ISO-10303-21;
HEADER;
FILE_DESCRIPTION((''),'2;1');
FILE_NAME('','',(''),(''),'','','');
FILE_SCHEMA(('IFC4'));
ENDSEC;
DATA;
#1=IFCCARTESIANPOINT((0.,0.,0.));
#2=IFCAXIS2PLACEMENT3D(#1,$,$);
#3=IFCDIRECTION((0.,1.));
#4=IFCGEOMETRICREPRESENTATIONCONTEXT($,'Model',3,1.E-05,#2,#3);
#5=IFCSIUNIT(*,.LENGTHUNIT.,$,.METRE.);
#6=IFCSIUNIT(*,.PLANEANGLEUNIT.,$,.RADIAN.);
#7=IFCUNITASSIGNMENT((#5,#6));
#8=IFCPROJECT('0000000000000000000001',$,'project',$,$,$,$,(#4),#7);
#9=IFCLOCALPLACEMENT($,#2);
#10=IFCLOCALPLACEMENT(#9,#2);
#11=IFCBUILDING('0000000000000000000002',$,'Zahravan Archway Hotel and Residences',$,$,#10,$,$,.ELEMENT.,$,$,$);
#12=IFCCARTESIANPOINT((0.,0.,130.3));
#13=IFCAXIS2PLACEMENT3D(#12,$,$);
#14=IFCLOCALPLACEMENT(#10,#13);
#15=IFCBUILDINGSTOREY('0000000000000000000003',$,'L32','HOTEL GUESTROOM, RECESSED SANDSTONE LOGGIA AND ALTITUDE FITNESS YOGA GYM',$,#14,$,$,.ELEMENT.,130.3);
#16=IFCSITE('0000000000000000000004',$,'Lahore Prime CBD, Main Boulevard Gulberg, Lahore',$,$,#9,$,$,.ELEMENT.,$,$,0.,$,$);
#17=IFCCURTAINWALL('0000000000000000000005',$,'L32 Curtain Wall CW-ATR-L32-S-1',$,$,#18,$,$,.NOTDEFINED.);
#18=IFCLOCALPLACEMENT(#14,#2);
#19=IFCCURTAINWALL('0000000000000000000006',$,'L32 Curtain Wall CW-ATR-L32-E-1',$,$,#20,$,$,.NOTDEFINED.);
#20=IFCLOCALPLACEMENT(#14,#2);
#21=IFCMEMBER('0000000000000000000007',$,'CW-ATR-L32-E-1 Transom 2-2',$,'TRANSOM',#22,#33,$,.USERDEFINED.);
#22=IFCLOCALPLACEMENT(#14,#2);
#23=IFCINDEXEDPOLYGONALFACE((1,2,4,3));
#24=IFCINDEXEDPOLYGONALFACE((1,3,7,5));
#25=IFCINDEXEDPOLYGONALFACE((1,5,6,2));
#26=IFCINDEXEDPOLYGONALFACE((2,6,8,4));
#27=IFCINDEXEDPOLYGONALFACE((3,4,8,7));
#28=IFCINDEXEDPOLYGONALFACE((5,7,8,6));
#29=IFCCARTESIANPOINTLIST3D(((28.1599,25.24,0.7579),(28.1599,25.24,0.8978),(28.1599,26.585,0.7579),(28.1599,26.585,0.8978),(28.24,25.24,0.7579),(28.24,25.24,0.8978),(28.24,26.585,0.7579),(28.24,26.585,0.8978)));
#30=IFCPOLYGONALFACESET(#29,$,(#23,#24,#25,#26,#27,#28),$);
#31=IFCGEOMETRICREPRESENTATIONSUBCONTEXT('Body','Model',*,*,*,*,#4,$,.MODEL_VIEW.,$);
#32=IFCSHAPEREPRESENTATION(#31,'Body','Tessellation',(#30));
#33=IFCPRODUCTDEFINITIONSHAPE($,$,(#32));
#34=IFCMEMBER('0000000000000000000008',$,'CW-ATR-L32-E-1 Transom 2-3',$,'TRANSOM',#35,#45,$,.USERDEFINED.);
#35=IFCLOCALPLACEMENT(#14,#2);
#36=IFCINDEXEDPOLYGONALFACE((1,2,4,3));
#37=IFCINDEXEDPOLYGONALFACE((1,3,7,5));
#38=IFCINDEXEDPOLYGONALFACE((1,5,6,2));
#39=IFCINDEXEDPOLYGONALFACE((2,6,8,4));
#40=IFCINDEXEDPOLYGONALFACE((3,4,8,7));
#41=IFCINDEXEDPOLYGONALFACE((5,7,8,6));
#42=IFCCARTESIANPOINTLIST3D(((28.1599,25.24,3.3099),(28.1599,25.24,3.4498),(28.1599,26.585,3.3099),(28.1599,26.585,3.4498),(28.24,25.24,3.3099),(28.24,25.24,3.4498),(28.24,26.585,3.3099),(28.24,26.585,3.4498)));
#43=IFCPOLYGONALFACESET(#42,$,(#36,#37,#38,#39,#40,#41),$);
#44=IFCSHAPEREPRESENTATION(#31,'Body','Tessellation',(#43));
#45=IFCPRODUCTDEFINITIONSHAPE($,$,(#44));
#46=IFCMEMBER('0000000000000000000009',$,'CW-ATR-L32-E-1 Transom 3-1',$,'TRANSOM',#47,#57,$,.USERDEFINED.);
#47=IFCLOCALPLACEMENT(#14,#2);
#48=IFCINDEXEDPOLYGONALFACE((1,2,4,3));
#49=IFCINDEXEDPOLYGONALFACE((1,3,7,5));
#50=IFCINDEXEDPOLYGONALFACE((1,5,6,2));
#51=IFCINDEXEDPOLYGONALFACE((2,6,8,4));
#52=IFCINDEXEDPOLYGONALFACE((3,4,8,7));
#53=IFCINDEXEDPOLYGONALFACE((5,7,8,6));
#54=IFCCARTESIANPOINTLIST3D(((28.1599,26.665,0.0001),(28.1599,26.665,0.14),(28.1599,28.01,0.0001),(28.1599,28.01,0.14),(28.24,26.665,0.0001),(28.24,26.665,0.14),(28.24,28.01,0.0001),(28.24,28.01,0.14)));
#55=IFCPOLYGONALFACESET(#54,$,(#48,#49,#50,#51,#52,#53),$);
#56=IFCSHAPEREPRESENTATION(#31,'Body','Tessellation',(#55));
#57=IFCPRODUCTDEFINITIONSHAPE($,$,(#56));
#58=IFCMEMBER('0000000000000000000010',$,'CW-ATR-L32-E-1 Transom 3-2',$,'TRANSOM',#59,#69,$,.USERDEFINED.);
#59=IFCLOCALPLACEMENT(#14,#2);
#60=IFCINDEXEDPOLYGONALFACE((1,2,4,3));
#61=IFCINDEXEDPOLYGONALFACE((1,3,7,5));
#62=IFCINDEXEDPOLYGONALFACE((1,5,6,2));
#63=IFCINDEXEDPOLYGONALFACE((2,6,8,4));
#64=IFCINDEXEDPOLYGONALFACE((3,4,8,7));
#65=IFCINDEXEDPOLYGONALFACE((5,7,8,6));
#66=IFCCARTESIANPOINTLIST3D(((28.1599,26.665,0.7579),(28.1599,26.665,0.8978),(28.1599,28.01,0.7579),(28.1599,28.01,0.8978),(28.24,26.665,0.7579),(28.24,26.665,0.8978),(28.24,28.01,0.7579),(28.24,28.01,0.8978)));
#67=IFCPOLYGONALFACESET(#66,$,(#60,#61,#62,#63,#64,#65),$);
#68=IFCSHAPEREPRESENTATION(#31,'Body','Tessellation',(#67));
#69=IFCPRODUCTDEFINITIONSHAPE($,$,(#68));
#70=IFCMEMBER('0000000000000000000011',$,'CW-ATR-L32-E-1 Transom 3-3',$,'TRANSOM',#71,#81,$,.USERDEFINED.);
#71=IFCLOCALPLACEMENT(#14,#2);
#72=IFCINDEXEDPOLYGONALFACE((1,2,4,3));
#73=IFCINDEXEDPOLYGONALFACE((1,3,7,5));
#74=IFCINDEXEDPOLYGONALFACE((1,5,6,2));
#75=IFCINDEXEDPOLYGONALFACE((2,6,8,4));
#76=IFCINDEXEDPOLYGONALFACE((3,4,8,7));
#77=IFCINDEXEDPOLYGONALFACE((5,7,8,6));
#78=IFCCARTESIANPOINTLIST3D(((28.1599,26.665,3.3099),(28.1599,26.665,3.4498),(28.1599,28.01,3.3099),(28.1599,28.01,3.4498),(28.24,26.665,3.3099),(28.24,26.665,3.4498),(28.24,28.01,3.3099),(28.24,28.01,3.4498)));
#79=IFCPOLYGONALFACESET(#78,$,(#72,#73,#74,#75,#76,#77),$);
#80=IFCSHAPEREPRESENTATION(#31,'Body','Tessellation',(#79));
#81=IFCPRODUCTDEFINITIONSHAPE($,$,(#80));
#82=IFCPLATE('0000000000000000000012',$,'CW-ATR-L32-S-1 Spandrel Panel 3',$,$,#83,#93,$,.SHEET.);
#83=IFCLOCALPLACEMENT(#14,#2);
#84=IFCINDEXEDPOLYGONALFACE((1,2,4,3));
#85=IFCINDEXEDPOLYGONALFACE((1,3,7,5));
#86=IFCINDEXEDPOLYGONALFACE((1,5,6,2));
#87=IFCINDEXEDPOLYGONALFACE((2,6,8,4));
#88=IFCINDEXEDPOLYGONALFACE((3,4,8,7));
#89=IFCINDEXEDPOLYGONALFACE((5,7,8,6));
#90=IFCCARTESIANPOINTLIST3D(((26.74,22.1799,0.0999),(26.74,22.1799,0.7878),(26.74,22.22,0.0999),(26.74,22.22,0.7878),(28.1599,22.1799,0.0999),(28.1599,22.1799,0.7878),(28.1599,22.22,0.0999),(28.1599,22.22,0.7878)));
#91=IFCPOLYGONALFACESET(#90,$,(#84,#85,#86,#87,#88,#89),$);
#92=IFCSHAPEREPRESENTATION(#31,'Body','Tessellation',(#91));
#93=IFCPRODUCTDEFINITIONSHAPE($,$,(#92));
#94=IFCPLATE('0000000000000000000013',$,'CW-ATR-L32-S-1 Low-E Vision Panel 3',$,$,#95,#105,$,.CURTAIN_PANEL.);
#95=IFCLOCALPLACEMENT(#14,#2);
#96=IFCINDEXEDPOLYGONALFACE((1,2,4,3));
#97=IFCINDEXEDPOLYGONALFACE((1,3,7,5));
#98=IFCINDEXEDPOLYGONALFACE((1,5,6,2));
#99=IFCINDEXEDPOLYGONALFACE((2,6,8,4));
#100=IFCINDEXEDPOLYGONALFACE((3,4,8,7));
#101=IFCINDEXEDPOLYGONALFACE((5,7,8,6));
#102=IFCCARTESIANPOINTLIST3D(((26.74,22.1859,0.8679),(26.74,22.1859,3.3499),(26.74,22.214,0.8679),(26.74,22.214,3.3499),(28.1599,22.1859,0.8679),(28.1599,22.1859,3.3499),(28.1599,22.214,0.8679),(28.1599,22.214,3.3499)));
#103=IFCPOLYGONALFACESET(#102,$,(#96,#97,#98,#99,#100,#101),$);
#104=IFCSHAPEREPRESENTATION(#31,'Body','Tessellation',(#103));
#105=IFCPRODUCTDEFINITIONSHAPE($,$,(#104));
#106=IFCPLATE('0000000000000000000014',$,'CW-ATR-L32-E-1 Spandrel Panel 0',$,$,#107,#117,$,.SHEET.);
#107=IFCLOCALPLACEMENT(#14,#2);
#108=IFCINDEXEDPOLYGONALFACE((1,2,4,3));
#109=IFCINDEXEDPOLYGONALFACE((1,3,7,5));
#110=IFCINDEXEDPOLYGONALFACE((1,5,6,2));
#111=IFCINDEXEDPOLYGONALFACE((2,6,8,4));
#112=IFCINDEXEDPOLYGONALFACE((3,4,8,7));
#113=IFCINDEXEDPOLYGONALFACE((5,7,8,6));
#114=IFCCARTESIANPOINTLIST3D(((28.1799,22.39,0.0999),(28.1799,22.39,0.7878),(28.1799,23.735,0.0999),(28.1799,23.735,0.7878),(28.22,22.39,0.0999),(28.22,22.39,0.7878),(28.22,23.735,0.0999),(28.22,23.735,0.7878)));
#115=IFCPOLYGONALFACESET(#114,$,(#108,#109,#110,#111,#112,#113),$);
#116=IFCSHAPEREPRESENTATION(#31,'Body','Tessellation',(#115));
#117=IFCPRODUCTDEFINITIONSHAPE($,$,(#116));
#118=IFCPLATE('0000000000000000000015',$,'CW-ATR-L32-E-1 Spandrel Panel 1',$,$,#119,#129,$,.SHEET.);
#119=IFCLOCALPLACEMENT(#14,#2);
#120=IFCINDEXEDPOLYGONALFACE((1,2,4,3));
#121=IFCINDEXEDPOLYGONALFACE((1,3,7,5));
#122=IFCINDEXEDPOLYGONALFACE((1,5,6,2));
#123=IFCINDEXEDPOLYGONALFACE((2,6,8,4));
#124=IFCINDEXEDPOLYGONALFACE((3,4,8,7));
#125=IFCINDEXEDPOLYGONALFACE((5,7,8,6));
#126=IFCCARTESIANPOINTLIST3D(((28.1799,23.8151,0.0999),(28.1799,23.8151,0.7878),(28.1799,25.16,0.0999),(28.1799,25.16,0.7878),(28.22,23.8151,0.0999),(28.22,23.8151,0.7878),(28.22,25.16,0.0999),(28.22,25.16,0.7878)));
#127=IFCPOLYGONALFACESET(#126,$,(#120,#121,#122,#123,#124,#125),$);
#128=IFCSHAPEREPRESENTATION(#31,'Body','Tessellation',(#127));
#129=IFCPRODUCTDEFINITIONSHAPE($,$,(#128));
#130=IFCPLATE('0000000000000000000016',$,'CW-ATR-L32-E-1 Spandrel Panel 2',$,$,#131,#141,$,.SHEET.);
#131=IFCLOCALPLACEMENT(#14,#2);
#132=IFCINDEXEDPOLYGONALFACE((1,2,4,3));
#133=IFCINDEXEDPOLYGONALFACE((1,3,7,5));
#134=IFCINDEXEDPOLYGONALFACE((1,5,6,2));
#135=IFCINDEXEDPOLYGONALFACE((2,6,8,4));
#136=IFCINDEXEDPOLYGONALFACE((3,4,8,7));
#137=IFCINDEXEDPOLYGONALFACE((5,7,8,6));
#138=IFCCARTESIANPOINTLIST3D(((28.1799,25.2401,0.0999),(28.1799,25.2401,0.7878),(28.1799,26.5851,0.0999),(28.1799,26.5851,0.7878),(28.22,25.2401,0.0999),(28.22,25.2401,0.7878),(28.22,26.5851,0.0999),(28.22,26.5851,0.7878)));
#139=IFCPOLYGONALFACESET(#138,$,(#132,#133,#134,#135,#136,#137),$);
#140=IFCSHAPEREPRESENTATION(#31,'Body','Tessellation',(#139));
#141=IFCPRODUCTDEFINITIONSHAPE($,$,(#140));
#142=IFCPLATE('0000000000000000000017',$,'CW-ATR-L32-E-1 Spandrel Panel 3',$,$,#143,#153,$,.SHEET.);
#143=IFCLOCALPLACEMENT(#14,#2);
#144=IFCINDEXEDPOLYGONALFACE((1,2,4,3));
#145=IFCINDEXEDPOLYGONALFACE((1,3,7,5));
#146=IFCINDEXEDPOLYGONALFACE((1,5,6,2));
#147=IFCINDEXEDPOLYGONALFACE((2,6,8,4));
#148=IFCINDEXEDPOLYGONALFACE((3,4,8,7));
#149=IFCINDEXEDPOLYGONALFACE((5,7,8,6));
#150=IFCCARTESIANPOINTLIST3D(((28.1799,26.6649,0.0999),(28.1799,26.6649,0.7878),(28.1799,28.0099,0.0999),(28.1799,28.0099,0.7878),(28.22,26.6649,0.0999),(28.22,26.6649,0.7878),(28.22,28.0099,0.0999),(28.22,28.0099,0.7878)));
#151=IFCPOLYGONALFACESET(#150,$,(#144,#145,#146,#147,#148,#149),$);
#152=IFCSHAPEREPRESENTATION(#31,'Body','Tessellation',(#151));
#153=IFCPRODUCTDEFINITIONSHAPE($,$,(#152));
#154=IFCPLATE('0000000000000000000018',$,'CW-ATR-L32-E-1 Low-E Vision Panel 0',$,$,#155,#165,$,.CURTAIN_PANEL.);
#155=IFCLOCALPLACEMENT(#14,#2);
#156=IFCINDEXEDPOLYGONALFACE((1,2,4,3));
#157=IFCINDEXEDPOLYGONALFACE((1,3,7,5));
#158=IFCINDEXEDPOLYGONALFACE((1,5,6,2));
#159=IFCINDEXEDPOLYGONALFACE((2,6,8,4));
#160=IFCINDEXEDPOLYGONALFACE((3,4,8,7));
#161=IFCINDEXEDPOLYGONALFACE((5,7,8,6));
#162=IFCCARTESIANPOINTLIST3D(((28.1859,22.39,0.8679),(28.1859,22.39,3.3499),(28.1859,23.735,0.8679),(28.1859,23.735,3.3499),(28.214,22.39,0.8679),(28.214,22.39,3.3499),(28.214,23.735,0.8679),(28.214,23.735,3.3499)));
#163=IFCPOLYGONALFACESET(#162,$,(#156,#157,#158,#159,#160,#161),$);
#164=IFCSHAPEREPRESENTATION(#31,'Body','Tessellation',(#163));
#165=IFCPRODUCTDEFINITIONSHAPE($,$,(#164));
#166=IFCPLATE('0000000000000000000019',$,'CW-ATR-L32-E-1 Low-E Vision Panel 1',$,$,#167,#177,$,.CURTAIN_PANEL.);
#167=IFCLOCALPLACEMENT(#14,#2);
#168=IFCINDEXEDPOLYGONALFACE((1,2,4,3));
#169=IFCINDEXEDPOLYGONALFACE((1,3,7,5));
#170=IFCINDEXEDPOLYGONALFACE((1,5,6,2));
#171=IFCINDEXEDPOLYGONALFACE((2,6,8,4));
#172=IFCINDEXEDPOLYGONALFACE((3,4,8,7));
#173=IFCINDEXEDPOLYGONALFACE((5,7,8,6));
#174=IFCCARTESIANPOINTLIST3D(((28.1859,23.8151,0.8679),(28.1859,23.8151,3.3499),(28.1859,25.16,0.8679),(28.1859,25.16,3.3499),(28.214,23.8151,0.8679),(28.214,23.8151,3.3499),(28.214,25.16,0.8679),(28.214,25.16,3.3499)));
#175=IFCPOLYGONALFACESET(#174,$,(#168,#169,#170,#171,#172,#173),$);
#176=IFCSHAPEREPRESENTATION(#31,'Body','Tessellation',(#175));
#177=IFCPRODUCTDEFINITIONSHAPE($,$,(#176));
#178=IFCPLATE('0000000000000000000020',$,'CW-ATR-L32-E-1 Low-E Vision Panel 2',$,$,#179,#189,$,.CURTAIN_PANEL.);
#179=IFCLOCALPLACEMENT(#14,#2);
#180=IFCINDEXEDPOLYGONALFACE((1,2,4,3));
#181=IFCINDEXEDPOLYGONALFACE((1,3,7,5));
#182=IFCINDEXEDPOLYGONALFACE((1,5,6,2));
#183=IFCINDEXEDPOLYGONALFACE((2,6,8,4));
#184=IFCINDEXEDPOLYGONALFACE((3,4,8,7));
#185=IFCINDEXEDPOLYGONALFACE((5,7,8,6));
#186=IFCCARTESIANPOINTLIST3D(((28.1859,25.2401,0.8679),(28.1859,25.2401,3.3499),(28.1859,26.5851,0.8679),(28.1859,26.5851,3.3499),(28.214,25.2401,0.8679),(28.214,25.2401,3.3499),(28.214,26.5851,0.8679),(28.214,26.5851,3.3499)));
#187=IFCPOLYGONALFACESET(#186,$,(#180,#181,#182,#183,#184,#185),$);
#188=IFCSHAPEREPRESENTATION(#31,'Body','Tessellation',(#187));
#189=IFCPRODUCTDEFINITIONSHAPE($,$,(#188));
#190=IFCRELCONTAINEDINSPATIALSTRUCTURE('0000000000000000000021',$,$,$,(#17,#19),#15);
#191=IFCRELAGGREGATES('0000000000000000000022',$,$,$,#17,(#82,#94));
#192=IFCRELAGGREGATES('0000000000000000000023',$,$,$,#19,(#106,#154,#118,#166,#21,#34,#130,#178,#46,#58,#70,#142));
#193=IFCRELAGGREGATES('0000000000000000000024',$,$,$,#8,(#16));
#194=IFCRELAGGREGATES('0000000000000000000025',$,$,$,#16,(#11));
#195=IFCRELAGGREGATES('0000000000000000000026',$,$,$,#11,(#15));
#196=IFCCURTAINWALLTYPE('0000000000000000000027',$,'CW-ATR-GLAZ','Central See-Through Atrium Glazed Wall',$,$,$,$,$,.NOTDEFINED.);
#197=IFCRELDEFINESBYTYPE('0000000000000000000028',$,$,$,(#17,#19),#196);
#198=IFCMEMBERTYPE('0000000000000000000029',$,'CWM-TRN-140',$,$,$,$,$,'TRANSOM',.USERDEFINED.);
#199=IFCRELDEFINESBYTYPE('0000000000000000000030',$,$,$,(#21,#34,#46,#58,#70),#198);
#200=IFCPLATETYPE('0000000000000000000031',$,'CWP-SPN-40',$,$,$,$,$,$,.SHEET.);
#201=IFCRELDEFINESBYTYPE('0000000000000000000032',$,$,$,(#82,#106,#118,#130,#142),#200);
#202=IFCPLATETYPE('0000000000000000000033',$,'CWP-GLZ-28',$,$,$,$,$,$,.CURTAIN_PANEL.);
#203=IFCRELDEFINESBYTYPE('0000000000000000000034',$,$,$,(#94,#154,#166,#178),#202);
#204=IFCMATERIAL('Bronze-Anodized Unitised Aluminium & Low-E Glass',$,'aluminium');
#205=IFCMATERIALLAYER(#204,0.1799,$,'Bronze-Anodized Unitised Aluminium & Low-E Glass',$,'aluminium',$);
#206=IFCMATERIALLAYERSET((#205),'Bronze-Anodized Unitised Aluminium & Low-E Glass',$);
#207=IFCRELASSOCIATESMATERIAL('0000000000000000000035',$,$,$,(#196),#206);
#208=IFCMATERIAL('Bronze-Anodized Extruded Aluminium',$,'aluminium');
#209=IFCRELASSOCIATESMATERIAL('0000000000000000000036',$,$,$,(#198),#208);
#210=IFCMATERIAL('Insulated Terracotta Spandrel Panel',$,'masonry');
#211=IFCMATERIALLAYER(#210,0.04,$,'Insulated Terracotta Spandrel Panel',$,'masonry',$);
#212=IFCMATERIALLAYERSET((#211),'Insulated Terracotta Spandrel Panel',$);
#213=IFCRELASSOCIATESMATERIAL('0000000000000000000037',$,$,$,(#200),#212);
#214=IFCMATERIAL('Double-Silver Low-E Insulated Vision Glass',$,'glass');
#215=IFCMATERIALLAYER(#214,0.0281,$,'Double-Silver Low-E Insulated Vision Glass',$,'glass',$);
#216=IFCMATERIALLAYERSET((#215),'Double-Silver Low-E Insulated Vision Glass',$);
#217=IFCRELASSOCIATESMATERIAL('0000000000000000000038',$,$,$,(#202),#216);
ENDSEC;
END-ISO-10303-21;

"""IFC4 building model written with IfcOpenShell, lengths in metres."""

from ifc_helpers import new_model, si_unit, direction, frame, origin, origin_2d, place, context, subcontext, project, spatial, rectangle, extrude, source, transform, mapped, material, layer, layer_set, material_profile, profile_set, type_object, element, aggregate, save


model = new_model("IFC4")

# Units and contexts
model_context = context("Model", 3, precision=1e-05, world=origin(), true_north=direction((0.0, 1.0)))
body_context = subcontext(model_context, "Body", "Model", "MODEL_VIEW")
ifc_project = project(units=[si_unit("LENGTHUNIT", "METRE"), si_unit("PLANEANGLEUNIT", "RADIAN")], contexts=[model_context])

# Site, building, storey
site_placement = place(None, origin())
site = spatial("IfcSite", under=ifc_project, at=site_placement, Name="Lahore Prime CBD, Main Boulevard Gulberg, Lahore", CompositionType="ELEMENT", RefElevation=0.0)
building_placement = place(site_placement, origin())
building = spatial("IfcBuilding", under=site, at=building_placement, Name="Zahravan Archway Hotel and Residences", CompositionType="ELEMENT")
storey_placement = place(building_placement, frame((0.0, 0.0, 130.3)))
storey = spatial("IfcBuildingStorey", under=building, at=storey_placement, Name="L32", Description="HOTEL GUESTROOM, RECESSED SANDSTONE LOGGIA AND ALTITUDE FITNESS YOGA GYM", CompositionType="ELEMENT", Elevation=130.3)

# Curtain wall
ifc_material_1 = material(Name="Bronze-Anodized Unitised Aluminium & Low-E Glass", Category="aluminium")
ifc_layer_1 = layer(ifc_material_1, 0.1799, Name="Bronze-Anodized Unitised Aluminium & Low-E Glass", Category="aluminium")
ifc_layer_set_1 = layer_set([ifc_layer_1], Name="Bronze-Anodized Unitised Aluminium & Low-E Glass")
curtain_wall_type = type_object("IfcCurtainWallType", Name="CW-ATR-GLAZ", Description="Central See-Through Atrium Glazed Wall", PredefinedType="NOTDEFINED", material=ifc_layer_set_1)
curtain_wall_1_placement = place(storey_placement, origin())
curtain_wall_1 = element("IfcCurtainWall", 1, at=curtain_wall_1_placement, inside=storey, type_object=curtain_wall_type, Name="L32 Curtain Wall CW-ATR-L32-S-1", PredefinedType="NOTDEFINED")
ifc_material_2 = material(Name="Bronze-Anodized Extruded Aluminium", Category="aluminium")

# Curtain wall
curtain_wall_2_placement = place(storey_placement, origin())
curtain_wall_2 = element("IfcCurtainWall", 2, at=curtain_wall_2_placement, inside=storey, type_object=curtain_wall_type, Name="L32 Curtain Wall CW-ATR-L32-E-1", PredefinedType="NOTDEFINED")

# Members
ifc_material_profile_1 = material_profile(ifc_material_2, rectangle(XDim=0.0801, YDim=0.1399, at=origin_2d()), Name="TRN 80x140", Category="aluminium")
ifc_profile_set_1 = profile_set([ifc_material_profile_1], Name="Bronze-Anodized Extruded Aluminium")
member_type_1 = type_object("IfcMemberType", Name="CWM-TRN-140", ElementType="TRANSOM", PredefinedType="USERDEFINED", material=ifc_profile_set_1)
shared_shape_1 = source(origin(), body_context, "Body", "SweptSolid", [
    extrude(rectangle(XDim=0.0801, YDim=0.1399, at=origin_2d()), origin(), (0.0, 0.0, 1.0), 1.345),
])
member_1_placement = place(storey_placement, frame((28.2, 25.24, 0.8279), z_axis=(0.0, 1.0, 0.0), x_axis=(-1.0, 0.0, 0.0)))
member_1 = element("IfcMember", 3, at=member_1_placement, type_object=member_type_1, Name="CW-ATR-L32-E-1 Transom 2-2", ObjectType="TRANSOM", PredefinedType="USERDEFINED", context=body_context, shape_type="MappedRepresentation", body=[
    mapped(shared_shape_1, transform((0.0, 0.0, 0.0), scale=1.0)),
])
member_2_placement = place(storey_placement, frame((28.2, 25.24, 3.3799), z_axis=(0.0, 1.0, 0.0), x_axis=(-1.0, 0.0, 0.0)))
member_2 = element("IfcMember", 4, at=member_2_placement, type_object=member_type_1, Name="CW-ATR-L32-E-1 Transom 2-3", ObjectType="TRANSOM", PredefinedType="USERDEFINED", context=body_context, shape_type="MappedRepresentation", body=[
    mapped(shared_shape_1, transform((0.0, 0.0, 0.0), scale=1.0)),
])
member_3_placement = place(storey_placement, frame((28.2, 26.665, 0.0701), z_axis=(0.0, 1.0, 0.0), x_axis=(-1.0, 0.0, 0.0)))
member_3 = element("IfcMember", 5, at=member_3_placement, type_object=member_type_1, Name="CW-ATR-L32-E-1 Transom 3-1", ObjectType="TRANSOM", PredefinedType="USERDEFINED", context=body_context, shape_type="MappedRepresentation", body=[
    mapped(shared_shape_1, transform((0.0, 0.0, 0.0), scale=1.0)),
])
member_4_placement = place(storey_placement, frame((28.2, 26.665, 0.8279), z_axis=(0.0, 1.0, 0.0), x_axis=(-1.0, 0.0, 0.0)))
member_4 = element("IfcMember", 6, at=member_4_placement, type_object=member_type_1, Name="CW-ATR-L32-E-1 Transom 3-2", ObjectType="TRANSOM", PredefinedType="USERDEFINED", context=body_context, shape_type="MappedRepresentation", body=[
    mapped(shared_shape_1, transform((0.0, 0.0, 0.0), scale=1.0)),
])
member_5_placement = place(storey_placement, frame((28.2, 26.665, 3.3799), z_axis=(0.0, 1.0, 0.0), x_axis=(-1.0, 0.0, 0.0)))
member_5 = element("IfcMember", 7, at=member_5_placement, type_object=member_type_1, Name="CW-ATR-L32-E-1 Transom 3-3", ObjectType="TRANSOM", PredefinedType="USERDEFINED", context=body_context, shape_type="MappedRepresentation", body=[
    mapped(shared_shape_1, transform((0.0, 0.0, 0.0), scale=1.0)),
])

# Plates
ifc_material_3 = material(Name="Insulated Terracotta Spandrel Panel", Category="masonry")
ifc_layer_2 = layer(ifc_material_3, 0.04, Name="Insulated Terracotta Spandrel Panel", Category="masonry")
ifc_layer_set_2 = layer_set([ifc_layer_2], Name="Insulated Terracotta Spandrel Panel")
plate_type_1 = type_object("IfcPlateType", Name="CWP-SPN-40", PredefinedType="SHEET", material=ifc_layer_set_2)
shared_shape_2 = source(origin(), body_context, "Body", "SweptSolid", [
    extrude(rectangle(XDim=1.4199, YDim=0.04, at=origin_2d()), origin(), (0.0, 0.0, 1.0), 0.688),
])
plate_1_placement = place(storey_placement, frame((27.45, 22.2, 0.0999), z_axis=(0.0, 0.0, 1.0), x_axis=(1.0, 0.0, 0.0)))
plate_1 = element("IfcPlate", 8, at=plate_1_placement, type_object=plate_type_1, Name="CW-ATR-L32-S-1 Spandrel Panel 3", PredefinedType="SHEET", context=body_context, shape_type="MappedRepresentation", body=[
    mapped(shared_shape_2, transform((0.0, 0.0, 0.0), scale=1.0)),
])
ifc_material_4 = material(Name="Double-Silver Low-E Insulated Vision Glass", Category="glass")
ifc_layer_3 = layer(ifc_material_4, 0.0281, Name="Double-Silver Low-E Insulated Vision Glass", Category="glass")
ifc_layer_set_3 = layer_set([ifc_layer_3], Name="Double-Silver Low-E Insulated Vision Glass")
plate_type_2 = type_object("IfcPlateType", Name="CWP-GLZ-28", PredefinedType="CURTAIN_PANEL", material=ifc_layer_set_3)
shared_shape_3 = source(origin(), body_context, "Body", "SweptSolid", [
    extrude(rectangle(XDim=1.4199, YDim=0.0281, at=origin_2d()), origin(), (0.0, 0.0, 1.0), 2.4819),
])
plate_2_placement = place(storey_placement, frame((27.45, 22.2, 0.8679), z_axis=(0.0, 0.0, 1.0), x_axis=(1.0, 0.0, 0.0)))
plate_2 = element("IfcPlate", 9, at=plate_2_placement, type_object=plate_type_2, Name="CW-ATR-L32-S-1 Low-E Vision Panel 3", PredefinedType="CURTAIN_PANEL", context=body_context, shape_type="MappedRepresentation", body=[
    mapped(shared_shape_3, transform((0.0, 0.0, 0.0), scale=1.0)),
])
aggregate(curtain_wall_1, [plate_1, plate_2])
shared_shape_4 = source(origin(), body_context, "Body", "SweptSolid", [
    extrude(rectangle(XDim=1.345, YDim=0.04, at=origin_2d()), origin(), (0.0, 0.0, 1.0), 0.688),
])
plate_3_placement = place(storey_placement, frame((28.2, 23.0625, 0.0999), z_axis=(0.0, 0.0, 1.0), x_axis=(0.0, 1.0, 0.0)))
plate_3 = element("IfcPlate", 10, at=plate_3_placement, type_object=plate_type_1, Name="CW-ATR-L32-E-1 Spandrel Panel 0", PredefinedType="SHEET", context=body_context, shape_type="MappedRepresentation", body=[
    mapped(shared_shape_4, transform((0.0, 0.0, 0.0), scale=1.0)),
])
plate_4_placement = place(storey_placement, frame((28.2, 24.4875, 0.0999), z_axis=(0.0, 0.0, 1.0), x_axis=(0.0, 1.0, 0.0)))
plate_4 = element("IfcPlate", 11, at=plate_4_placement, type_object=plate_type_1, Name="CW-ATR-L32-E-1 Spandrel Panel 1", PredefinedType="SHEET", context=body_context, shape_type="MappedRepresentation", body=[
    mapped(shared_shape_4, transform((0.0, 0.0, 0.0), scale=1.0)),
])
plate_5_placement = place(storey_placement, frame((28.2, 25.9126, 0.0999), z_axis=(0.0, 0.0, 1.0), x_axis=(0.0, 1.0, 0.0)))
plate_5 = element("IfcPlate", 12, at=plate_5_placement, type_object=plate_type_1, Name="CW-ATR-L32-E-1 Spandrel Panel 2", PredefinedType="SHEET", context=body_context, shape_type="MappedRepresentation", body=[
    mapped(shared_shape_4, transform((0.0, 0.0, 0.0), scale=1.0)),
])
plate_6_placement = place(storey_placement, frame((28.2, 27.3374, 0.0999), z_axis=(0.0, 0.0, 1.0), x_axis=(0.0, 1.0, 0.0)))
plate_6 = element("IfcPlate", 13, at=plate_6_placement, type_object=plate_type_1, Name="CW-ATR-L32-E-1 Spandrel Panel 3", PredefinedType="SHEET", context=body_context, shape_type="MappedRepresentation", body=[
    mapped(shared_shape_4, transform((0.0, 0.0, 0.0), scale=1.0)),
])
shared_shape_5 = source(origin(), body_context, "Body", "SweptSolid", [
    extrude(rectangle(XDim=1.345, YDim=0.0281, at=origin_2d()), origin(), (0.0, 0.0, 1.0), 2.4819),
])
plate_7_placement = place(storey_placement, frame((28.2, 23.0625, 0.8679), z_axis=(0.0, 0.0, 1.0), x_axis=(0.0, 1.0, 0.0)))
plate_7 = element("IfcPlate", 14, at=plate_7_placement, type_object=plate_type_2, Name="CW-ATR-L32-E-1 Low-E Vision Panel 0", PredefinedType="CURTAIN_PANEL", context=body_context, shape_type="MappedRepresentation", body=[
    mapped(shared_shape_5, transform((0.0, 0.0, 0.0), scale=1.0)),
])
plate_8_placement = place(storey_placement, frame((28.2, 24.4875, 0.8679), z_axis=(0.0, 0.0, 1.0), x_axis=(0.0, 1.0, 0.0)))
plate_8 = element("IfcPlate", 15, at=plate_8_placement, type_object=plate_type_2, Name="CW-ATR-L32-E-1 Low-E Vision Panel 1", PredefinedType="CURTAIN_PANEL", context=body_context, shape_type="MappedRepresentation", body=[
    mapped(shared_shape_5, transform((0.0, 0.0, 0.0), scale=1.0)),
])
plate_9_placement = place(storey_placement, frame((28.2, 25.9126, 0.8679), z_axis=(0.0, 0.0, 1.0), x_axis=(0.0, 1.0, 0.0)))
plate_9 = element("IfcPlate", 16, at=plate_9_placement, type_object=plate_type_2, Name="CW-ATR-L32-E-1 Low-E Vision Panel 2", PredefinedType="CURTAIN_PANEL", context=body_context, shape_type="MappedRepresentation", body=[
    mapped(shared_shape_5, transform((0.0, 0.0, 0.0), scale=1.0)),
])
aggregate(curtain_wall_2, [plate_3, plate_7, plate_4, plate_8, member_1, member_2, plate_5, plate_9, member_3, member_4, member_5, plate_6])

save(model, "model.ifc")
